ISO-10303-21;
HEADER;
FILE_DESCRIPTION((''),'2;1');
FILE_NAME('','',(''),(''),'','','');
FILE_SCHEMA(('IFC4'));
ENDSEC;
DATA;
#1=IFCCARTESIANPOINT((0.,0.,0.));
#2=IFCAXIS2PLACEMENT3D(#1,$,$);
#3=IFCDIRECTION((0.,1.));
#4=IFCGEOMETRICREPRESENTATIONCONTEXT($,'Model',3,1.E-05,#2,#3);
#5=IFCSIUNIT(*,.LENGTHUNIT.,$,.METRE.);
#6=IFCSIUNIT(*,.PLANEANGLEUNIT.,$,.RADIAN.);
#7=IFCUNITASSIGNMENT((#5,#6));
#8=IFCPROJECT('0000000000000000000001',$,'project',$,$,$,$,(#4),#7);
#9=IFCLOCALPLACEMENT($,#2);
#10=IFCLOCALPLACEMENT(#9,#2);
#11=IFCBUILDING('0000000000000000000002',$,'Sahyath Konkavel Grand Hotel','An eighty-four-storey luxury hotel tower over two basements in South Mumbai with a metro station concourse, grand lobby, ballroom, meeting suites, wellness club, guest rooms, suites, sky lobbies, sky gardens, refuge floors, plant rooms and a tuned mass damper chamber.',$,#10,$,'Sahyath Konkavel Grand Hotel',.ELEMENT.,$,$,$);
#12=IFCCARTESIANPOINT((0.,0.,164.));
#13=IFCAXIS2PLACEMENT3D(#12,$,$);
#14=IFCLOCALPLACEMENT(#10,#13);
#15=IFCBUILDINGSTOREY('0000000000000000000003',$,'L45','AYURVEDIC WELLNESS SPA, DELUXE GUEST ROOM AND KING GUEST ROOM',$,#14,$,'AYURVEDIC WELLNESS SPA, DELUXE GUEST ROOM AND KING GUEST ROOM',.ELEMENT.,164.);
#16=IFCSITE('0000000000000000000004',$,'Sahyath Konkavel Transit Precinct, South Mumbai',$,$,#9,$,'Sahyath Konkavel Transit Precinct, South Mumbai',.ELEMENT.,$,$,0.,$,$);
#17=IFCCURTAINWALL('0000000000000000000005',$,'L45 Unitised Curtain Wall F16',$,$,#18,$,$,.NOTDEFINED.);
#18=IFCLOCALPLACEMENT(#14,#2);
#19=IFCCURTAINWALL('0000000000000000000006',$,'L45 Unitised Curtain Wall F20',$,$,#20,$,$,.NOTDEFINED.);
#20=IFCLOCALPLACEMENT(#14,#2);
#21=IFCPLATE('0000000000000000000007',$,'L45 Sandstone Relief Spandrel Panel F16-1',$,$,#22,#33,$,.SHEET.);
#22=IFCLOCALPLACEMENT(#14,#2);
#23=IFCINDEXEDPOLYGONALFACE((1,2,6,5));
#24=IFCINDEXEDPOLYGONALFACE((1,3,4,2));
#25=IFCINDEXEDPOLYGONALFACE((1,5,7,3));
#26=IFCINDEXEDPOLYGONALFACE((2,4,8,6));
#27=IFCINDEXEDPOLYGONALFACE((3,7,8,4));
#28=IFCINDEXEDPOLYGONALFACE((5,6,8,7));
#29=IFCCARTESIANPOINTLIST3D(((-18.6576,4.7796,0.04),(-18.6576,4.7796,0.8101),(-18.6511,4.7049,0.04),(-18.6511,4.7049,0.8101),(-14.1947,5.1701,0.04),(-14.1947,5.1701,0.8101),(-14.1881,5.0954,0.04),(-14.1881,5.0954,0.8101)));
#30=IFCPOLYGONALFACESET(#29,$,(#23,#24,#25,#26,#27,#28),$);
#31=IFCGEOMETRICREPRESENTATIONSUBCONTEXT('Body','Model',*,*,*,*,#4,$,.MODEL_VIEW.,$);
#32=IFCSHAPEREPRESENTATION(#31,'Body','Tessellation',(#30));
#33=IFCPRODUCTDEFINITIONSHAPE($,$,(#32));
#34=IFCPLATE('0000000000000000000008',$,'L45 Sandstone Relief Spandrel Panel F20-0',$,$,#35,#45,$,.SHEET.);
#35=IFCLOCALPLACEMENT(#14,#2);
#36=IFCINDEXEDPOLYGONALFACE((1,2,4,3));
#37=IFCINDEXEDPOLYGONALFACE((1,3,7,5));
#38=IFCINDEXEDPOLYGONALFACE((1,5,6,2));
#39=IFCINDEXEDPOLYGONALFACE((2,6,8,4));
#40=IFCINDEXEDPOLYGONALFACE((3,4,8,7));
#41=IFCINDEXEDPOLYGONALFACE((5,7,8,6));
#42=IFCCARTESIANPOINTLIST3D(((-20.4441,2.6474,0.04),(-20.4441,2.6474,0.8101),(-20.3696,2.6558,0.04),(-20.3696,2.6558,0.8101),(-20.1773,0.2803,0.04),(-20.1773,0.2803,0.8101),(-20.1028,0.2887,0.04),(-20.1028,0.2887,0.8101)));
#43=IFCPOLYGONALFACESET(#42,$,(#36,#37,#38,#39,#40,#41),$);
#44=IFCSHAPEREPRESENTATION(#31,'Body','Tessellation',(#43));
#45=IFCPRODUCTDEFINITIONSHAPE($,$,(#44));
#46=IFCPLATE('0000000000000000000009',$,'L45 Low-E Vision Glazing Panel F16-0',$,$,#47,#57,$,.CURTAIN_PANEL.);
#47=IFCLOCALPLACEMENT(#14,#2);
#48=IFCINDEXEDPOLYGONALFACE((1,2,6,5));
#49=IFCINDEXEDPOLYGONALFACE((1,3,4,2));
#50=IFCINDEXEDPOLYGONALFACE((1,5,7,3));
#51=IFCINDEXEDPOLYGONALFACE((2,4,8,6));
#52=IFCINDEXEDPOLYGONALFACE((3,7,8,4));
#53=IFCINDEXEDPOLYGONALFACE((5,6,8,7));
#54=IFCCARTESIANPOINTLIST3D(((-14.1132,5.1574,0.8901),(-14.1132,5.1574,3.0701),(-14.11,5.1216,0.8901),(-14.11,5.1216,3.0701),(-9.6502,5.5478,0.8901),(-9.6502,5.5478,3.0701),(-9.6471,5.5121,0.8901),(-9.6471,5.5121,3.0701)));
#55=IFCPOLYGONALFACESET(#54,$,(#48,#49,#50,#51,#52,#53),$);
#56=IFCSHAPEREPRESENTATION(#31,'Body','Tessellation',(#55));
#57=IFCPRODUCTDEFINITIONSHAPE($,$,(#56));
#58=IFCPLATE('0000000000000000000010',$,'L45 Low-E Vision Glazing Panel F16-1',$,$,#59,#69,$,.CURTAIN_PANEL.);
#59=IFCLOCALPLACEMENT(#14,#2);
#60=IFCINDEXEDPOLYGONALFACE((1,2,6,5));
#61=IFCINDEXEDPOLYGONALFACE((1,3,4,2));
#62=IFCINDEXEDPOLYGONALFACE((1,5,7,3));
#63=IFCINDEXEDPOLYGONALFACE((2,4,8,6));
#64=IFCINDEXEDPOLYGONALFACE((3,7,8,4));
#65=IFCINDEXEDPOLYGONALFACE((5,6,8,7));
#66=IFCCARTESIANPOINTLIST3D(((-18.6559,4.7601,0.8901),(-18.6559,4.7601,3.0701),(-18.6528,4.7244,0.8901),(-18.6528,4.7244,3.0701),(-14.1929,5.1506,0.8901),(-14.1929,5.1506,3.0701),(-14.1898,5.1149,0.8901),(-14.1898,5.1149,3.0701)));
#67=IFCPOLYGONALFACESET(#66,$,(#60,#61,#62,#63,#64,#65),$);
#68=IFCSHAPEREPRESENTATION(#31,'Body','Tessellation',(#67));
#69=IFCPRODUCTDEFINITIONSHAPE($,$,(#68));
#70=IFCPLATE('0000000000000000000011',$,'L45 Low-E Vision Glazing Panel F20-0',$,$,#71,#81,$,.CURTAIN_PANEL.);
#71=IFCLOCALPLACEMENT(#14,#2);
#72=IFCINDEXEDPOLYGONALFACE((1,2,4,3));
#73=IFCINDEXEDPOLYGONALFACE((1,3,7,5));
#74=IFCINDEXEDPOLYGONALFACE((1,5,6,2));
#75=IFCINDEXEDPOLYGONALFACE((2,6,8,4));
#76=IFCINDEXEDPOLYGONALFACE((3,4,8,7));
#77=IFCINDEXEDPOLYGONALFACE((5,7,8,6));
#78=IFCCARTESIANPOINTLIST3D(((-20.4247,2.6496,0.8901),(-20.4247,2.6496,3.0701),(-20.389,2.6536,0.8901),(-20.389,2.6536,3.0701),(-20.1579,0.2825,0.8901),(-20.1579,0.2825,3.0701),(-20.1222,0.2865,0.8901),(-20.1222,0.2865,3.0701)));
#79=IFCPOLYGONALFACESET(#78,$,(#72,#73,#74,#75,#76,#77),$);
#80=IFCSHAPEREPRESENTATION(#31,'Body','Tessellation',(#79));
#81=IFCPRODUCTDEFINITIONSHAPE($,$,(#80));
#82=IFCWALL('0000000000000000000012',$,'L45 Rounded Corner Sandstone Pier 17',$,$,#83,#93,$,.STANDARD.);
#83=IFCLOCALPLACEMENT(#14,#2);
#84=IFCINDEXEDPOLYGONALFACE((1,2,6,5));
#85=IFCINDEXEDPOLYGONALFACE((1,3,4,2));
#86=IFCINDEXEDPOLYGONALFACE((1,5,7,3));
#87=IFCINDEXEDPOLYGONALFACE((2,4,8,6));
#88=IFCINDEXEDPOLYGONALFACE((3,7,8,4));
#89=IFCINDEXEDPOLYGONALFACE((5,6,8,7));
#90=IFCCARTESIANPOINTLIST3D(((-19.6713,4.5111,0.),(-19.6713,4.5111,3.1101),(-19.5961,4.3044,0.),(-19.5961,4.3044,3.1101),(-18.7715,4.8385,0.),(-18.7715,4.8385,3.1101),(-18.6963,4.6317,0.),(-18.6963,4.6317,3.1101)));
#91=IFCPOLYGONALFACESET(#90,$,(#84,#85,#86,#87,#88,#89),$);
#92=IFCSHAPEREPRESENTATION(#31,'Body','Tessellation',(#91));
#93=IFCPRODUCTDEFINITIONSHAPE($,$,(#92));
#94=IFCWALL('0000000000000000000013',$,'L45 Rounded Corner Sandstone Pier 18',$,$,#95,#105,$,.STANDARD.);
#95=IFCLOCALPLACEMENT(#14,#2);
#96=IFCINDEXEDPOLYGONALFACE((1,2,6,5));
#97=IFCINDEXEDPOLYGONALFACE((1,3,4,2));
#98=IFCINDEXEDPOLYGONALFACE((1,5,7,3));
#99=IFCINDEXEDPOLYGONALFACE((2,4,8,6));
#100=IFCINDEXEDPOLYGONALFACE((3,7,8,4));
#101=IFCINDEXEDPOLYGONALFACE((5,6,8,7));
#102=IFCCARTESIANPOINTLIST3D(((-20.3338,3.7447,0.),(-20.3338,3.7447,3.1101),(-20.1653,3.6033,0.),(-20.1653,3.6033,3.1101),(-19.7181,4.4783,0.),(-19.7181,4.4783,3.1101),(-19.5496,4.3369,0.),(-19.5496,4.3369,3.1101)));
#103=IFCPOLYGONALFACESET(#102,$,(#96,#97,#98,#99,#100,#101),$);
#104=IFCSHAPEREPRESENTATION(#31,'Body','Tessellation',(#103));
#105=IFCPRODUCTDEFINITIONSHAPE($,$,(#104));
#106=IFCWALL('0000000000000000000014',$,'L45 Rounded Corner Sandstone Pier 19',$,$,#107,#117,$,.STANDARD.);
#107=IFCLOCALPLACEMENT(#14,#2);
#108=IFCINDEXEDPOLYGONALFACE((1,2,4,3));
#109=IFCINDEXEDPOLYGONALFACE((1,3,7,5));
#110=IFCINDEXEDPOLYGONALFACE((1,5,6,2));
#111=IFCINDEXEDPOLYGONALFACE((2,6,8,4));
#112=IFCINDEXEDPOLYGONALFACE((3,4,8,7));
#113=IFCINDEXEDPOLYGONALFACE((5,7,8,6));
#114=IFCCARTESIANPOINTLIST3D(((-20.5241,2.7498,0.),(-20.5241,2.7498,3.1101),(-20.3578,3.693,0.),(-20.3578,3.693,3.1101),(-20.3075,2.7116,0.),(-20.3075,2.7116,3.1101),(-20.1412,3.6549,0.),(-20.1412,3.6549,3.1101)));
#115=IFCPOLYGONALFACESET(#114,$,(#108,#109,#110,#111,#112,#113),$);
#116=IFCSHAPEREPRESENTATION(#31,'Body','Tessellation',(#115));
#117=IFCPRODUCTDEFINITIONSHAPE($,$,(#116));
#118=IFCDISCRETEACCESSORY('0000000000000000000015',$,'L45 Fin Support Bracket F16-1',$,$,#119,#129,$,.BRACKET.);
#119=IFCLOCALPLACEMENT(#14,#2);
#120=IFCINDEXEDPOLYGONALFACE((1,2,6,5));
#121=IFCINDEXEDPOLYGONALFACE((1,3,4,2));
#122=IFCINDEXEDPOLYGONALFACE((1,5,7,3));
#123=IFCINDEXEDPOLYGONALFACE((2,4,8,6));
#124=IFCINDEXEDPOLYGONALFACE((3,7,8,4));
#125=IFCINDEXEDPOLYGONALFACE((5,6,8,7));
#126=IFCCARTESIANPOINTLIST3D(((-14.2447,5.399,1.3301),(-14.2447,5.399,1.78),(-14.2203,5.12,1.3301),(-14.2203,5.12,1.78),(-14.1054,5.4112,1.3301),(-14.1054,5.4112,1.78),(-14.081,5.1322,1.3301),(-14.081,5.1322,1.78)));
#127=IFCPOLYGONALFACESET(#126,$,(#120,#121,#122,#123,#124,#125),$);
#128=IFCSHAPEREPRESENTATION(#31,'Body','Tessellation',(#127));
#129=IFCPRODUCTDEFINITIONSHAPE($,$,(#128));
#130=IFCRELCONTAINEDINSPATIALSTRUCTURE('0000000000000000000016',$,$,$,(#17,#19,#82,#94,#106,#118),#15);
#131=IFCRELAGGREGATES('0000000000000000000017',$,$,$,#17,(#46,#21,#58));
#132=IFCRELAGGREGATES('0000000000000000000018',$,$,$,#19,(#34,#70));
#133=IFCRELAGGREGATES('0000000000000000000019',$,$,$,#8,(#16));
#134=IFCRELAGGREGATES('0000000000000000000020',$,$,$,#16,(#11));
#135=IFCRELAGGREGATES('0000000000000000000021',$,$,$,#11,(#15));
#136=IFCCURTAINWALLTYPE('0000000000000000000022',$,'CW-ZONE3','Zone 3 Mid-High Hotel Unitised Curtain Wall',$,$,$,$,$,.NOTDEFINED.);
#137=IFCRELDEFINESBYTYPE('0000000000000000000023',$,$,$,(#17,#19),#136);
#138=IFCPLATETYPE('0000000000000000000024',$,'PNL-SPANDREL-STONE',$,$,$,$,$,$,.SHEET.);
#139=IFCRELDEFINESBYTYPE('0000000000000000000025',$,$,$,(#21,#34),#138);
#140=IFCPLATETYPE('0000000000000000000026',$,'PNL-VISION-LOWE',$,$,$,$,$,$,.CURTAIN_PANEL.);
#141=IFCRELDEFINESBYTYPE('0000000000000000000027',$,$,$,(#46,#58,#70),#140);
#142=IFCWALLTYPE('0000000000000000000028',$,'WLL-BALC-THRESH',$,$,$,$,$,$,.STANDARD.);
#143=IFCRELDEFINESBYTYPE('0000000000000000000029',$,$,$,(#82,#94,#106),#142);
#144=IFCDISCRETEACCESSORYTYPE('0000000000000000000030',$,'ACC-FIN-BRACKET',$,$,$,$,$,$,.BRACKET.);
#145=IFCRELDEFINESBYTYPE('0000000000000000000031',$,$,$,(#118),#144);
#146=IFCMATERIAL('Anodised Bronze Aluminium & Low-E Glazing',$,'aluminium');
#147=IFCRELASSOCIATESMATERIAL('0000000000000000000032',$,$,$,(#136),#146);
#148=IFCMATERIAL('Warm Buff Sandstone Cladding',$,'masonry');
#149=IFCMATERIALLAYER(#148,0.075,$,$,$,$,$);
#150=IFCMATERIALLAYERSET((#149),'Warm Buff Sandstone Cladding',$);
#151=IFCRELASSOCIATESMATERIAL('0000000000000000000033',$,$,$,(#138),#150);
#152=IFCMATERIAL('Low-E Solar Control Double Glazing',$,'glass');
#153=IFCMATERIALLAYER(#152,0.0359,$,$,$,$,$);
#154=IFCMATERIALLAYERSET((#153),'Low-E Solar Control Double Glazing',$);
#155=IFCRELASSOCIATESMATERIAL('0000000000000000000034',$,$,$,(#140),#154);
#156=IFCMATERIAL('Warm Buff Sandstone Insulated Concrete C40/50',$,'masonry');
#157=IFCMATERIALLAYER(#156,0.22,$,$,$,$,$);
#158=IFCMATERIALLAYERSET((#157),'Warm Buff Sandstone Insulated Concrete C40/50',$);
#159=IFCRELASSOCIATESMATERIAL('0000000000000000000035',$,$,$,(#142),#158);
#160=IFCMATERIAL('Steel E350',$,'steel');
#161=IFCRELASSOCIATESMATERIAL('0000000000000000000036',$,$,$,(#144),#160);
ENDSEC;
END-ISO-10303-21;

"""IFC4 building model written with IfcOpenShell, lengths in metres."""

from ifc_helpers import new_model, si_unit, direction, frame, frame_2d, origin, origin_2d, place, context, subcontext, project, spatial, rectangle, extrude, source, transform, mapped, material, layer, layer_set, type_object, element, aggregate, save


model = new_model("IFC4")

# Units and contexts
model_context = context("Model", 3, precision=1e-05, world=origin(), true_north=direction((0.0, 1.0)))
body_context = subcontext(model_context, "Body", "Model", "MODEL_VIEW")
ifc_project = project(units=[si_unit("LENGTHUNIT", "METRE"), si_unit("PLANEANGLEUNIT", "RADIAN")], contexts=[model_context])

# Site, building, storey
site_placement = place(None, origin())
site = spatial("IfcSite", under=ifc_project, at=site_placement, Name="Sahyath Konkavel Transit Precinct, South Mumbai", LongName="Sahyath Konkavel Transit Precinct, South Mumbai", CompositionType="ELEMENT", RefElevation=0.0)
building_placement = place(site_placement, origin())
building = spatial("IfcBuilding", under=site, at=building_placement, Name="Sahyath Konkavel Grand Hotel", Description="An eighty-four-storey luxury hotel tower over two basements in South Mumbai with a metro station concourse, grand lobby, ballroom, meeting suites, wellness club, guest rooms, suites, sky lobbies, sky gardens, refuge floors, plant rooms and a tuned mass damper chamber.", LongName="Sahyath Konkavel Grand Hotel", CompositionType="ELEMENT")
storey_placement = place(building_placement, frame((0.0, 0.0, 164.0)))
storey = spatial("IfcBuildingStorey", under=building, at=storey_placement, Name="L45", Description="AYURVEDIC WELLNESS SPA, DELUXE GUEST ROOM AND KING GUEST ROOM", LongName="AYURVEDIC WELLNESS SPA, DELUXE GUEST ROOM AND KING GUEST ROOM", CompositionType="ELEMENT", Elevation=164.0)

# Shared definitions
ifc_material_1 = material(Name="Steel E350", Category="steel")

# Curtain walls
ifc_material_2 = material(Name="Anodised Bronze Aluminium & Low-E Glazing", Category="aluminium")
curtain_wall_type = type_object("IfcCurtainWallType", Name="CW-ZONE3", Description="Zone 3 Mid-High Hotel Unitised Curtain Wall", PredefinedType="NOTDEFINED", material=ifc_material_2)
curtain_wall_1_placement = place(storey_placement, origin())
curtain_wall_1 = element("IfcCurtainWall", 1, at=curtain_wall_1_placement, inside=storey, type_object=curtain_wall_type, Name="L45 Unitised Curtain Wall F16", PredefinedType="NOTDEFINED")
curtain_wall_2_placement = place(storey_placement, origin())
curtain_wall_2 = element("IfcCurtainWall", 2, at=curtain_wall_2_placement, inside=storey, type_object=curtain_wall_type, Name="L45 Unitised Curtain Wall F20", PredefinedType="NOTDEFINED")

# Plates
ifc_material_3 = material(Name="Warm Buff Sandstone Cladding", Category="masonry")
ifc_layer_1 = layer(ifc_material_3, 0.075)
ifc_layer_set_1 = layer_set([ifc_layer_1], Name="Warm Buff Sandstone Cladding")
plate_type_1 = type_object("IfcPlateType", Name="PNL-SPANDREL-STONE", PredefinedType="SHEET", material=ifc_layer_set_1)
shared_shape_1 = source(origin(), body_context, "Body", "SweptSolid", [
    extrude(rectangle(XDim=4.48, YDim=0.075, at=origin_2d()), origin(), (0.0, 0.0, 1.0), 0.77),
])
plate_1_placement = place(storey_placement, frame((-16.4229, 4.9375, 0.04), z_axis=(0.0, 0.0, 1.0), x_axis=(-0.996195, -0.087156, 0.0)))
plate_1 = element("IfcPlate", 3, at=plate_1_placement, type_object=plate_type_1, Name="L45 Sandstone Relief Spandrel Panel F16-1", PredefinedType="SHEET", context=body_context, shape_type="MappedRepresentation", body=[
    mapped(shared_shape_1, transform((0.0, 0.0, 0.0), scale=1.0)),
])
shared_shape_2 = source(origin(), body_context, "Body", "SweptSolid", [
    extrude(rectangle(XDim=2.3821, YDim=0.075, at=origin_2d()), origin(), (0.0, 0.0, 1.0), 0.77),
])
plate_2_placement = place(storey_placement, frame((-20.2734, 1.468, 0.04), z_axis=(0.0, 0.0, 1.0), x_axis=(0.111989, -0.993709, 0.0)))
plate_2 = element("IfcPlate", 4, at=plate_2_placement, type_object=plate_type_1, Name="L45 Sandstone Relief Spandrel Panel F20-0", PredefinedType="SHEET", context=body_context, shape_type="MappedRepresentation", body=[
    mapped(shared_shape_2, transform((0.0, 0.0, 0.0), scale=1.0)),
])
ifc_material_4 = material(Name="Low-E Solar Control Double Glazing", Category="glass")
ifc_layer_2 = layer(ifc_material_4, 0.0359)
ifc_layer_set_2 = layer_set([ifc_layer_2], Name="Low-E Solar Control Double Glazing")
plate_type_2 = type_object("IfcPlateType", Name="PNL-VISION-LOWE", PredefinedType="CURTAIN_PANEL", material=ifc_layer_set_2)
shared_shape_3 = source(origin(), body_context, "Body", "SweptSolid", [
    extrude(rectangle(XDim=4.48, YDim=0.0359, at=origin_2d()), origin(), (0.0, 0.0, 1.0), 2.1799),
])
plate_3_placement = place(storey_placement, frame((-11.8801, 5.3347, 0.8901), z_axis=(0.0, 0.0, 1.0), x_axis=(-0.996195, -0.087156, 0.0)))
plate_3 = element("IfcPlate", 5, at=plate_3_placement, type_object=plate_type_2, Name="L45 Low-E Vision Glazing Panel F16-0", PredefinedType="CURTAIN_PANEL", context=body_context, shape_type="MappedRepresentation", body=[
    mapped(shared_shape_3, transform((0.0, 0.0, 0.0), scale=1.0)),
])
plate_4_placement = place(storey_placement, frame((-16.4229, 4.9375, 0.8901), z_axis=(0.0, 0.0, 1.0), x_axis=(-0.996195, -0.087156, 0.0)))
plate_4 = element("IfcPlate", 6, at=plate_4_placement, type_object=plate_type_2, Name="L45 Low-E Vision Glazing Panel F16-1", PredefinedType="CURTAIN_PANEL", context=body_context, shape_type="MappedRepresentation", body=[
    mapped(shared_shape_3, transform((0.0, 0.0, 0.0), scale=1.0)),
])
aggregate(curtain_wall_1, [plate_3, plate_1, plate_4])
shared_shape_4 = source(origin(), body_context, "Body", "SweptSolid", [
    extrude(rectangle(XDim=2.3821, YDim=0.0359, at=origin_2d()), origin(), (0.0, 0.0, 1.0), 2.1799),
])
plate_5_placement = place(storey_placement, frame((-20.2734, 1.468, 0.8901), z_axis=(0.0, 0.0, 1.0), x_axis=(0.111989, -0.993709, 0.0)))
plate_5 = element("IfcPlate", 7, at=plate_5_placement, type_object=plate_type_2, Name="L45 Low-E Vision Glazing Panel F20-0", PredefinedType="CURTAIN_PANEL", context=body_context, shape_type="MappedRepresentation", body=[
    mapped(shared_shape_4, transform((0.0, 0.0, 0.0), scale=1.0)),
])
aggregate(curtain_wall_2, [plate_2, plate_5])

# Walls
ifc_material_5 = material(Name="Warm Buff Sandstone Insulated Concrete C40/50", Category="masonry")
ifc_layer_3 = layer(ifc_material_5, 0.22)
ifc_layer_set_3 = layer_set([ifc_layer_3], Name="Warm Buff Sandstone Insulated Concrete C40/50")
wall_type = type_object("IfcWallType", Name="WLL-BALC-THRESH", PredefinedType="STANDARD", material=ifc_layer_set_3)
wall_placement = place(storey_placement, frame((-18.7339, 4.7351, 0.0), z_axis=(0.0, 0.0, 1.0), x_axis=(-0.939741, -0.341886, 0.0)))
element("IfcWall", 8, at=wall_placement, inside=storey, type_object=wall_type, Name="L45 Rounded Corner Sandstone Pier 17", PredefinedType="STANDARD", context=body_context, shape_type="SweptSolid", body=[
    extrude(rectangle(XDim=0.9575, YDim=0.22, at=frame_2d((0.4788, 0.0))), origin(), (0.0, 0.0, 1.0), 3.1101),
])
for number, where, z_axis, x_axis, name in (
    (9, (-19.6338, 4.4077, 0.0), (0.0, 0.0, 1.0), (-0.642863, -0.765981, 0.0), "L45 Rounded Corner Sandstone Pier 18"),
    (10, (-20.2495, 3.6741, 0.0), (0.0, 0.0, 1.0), (-0.173611, -0.984814, 0.0), "L45 Rounded Corner Sandstone Pier 19"),
):
    element("IfcWall", number, at=place(storey_placement, frame(where, z_axis=z_axis, x_axis=x_axis)), inside=storey, type_object=wall_type, Name=name, PredefinedType="STANDARD", context=body_context, shape_type="SweptSolid", body=[
        extrude(rectangle(XDim=0.9578, YDim=0.22, at=frame_2d((0.479, 0.0))), origin(), (0.0, 0.0, 1.0), 3.1101),
    ])

# Discrete accessory
discrete_accessory_type = type_object("IfcDiscreteAccessoryType", Name="ACC-FIN-BRACKET", PredefinedType="BRACKET", material=ifc_material_1)
shared_shape_5 = source(origin(), body_context, "Body", "SweptSolid", [
    extrude(rectangle(XDim=0.28, YDim=0.1399, at=origin_2d()), origin(), (0.0, 0.0, 1.0), 0.45),
])
discrete_accessory_placement = place(storey_placement, frame((-14.1628, 5.2656, 1.3301), z_axis=(0.0, 0.0, 1.0), x_axis=(-0.087156, 0.996195, 0.0)))
element("IfcDiscreteAccessory", 11, at=discrete_accessory_placement, inside=storey, type_object=discrete_accessory_type, Name="L45 Fin Support Bracket F16-1", PredefinedType="BRACKET", context=body_context, shape_type="MappedRepresentation", body=[
    mapped(shared_shape_5, transform((0.0, 0.0, 0.0), scale=1.0)),
])

save(model, "model.ifc")
